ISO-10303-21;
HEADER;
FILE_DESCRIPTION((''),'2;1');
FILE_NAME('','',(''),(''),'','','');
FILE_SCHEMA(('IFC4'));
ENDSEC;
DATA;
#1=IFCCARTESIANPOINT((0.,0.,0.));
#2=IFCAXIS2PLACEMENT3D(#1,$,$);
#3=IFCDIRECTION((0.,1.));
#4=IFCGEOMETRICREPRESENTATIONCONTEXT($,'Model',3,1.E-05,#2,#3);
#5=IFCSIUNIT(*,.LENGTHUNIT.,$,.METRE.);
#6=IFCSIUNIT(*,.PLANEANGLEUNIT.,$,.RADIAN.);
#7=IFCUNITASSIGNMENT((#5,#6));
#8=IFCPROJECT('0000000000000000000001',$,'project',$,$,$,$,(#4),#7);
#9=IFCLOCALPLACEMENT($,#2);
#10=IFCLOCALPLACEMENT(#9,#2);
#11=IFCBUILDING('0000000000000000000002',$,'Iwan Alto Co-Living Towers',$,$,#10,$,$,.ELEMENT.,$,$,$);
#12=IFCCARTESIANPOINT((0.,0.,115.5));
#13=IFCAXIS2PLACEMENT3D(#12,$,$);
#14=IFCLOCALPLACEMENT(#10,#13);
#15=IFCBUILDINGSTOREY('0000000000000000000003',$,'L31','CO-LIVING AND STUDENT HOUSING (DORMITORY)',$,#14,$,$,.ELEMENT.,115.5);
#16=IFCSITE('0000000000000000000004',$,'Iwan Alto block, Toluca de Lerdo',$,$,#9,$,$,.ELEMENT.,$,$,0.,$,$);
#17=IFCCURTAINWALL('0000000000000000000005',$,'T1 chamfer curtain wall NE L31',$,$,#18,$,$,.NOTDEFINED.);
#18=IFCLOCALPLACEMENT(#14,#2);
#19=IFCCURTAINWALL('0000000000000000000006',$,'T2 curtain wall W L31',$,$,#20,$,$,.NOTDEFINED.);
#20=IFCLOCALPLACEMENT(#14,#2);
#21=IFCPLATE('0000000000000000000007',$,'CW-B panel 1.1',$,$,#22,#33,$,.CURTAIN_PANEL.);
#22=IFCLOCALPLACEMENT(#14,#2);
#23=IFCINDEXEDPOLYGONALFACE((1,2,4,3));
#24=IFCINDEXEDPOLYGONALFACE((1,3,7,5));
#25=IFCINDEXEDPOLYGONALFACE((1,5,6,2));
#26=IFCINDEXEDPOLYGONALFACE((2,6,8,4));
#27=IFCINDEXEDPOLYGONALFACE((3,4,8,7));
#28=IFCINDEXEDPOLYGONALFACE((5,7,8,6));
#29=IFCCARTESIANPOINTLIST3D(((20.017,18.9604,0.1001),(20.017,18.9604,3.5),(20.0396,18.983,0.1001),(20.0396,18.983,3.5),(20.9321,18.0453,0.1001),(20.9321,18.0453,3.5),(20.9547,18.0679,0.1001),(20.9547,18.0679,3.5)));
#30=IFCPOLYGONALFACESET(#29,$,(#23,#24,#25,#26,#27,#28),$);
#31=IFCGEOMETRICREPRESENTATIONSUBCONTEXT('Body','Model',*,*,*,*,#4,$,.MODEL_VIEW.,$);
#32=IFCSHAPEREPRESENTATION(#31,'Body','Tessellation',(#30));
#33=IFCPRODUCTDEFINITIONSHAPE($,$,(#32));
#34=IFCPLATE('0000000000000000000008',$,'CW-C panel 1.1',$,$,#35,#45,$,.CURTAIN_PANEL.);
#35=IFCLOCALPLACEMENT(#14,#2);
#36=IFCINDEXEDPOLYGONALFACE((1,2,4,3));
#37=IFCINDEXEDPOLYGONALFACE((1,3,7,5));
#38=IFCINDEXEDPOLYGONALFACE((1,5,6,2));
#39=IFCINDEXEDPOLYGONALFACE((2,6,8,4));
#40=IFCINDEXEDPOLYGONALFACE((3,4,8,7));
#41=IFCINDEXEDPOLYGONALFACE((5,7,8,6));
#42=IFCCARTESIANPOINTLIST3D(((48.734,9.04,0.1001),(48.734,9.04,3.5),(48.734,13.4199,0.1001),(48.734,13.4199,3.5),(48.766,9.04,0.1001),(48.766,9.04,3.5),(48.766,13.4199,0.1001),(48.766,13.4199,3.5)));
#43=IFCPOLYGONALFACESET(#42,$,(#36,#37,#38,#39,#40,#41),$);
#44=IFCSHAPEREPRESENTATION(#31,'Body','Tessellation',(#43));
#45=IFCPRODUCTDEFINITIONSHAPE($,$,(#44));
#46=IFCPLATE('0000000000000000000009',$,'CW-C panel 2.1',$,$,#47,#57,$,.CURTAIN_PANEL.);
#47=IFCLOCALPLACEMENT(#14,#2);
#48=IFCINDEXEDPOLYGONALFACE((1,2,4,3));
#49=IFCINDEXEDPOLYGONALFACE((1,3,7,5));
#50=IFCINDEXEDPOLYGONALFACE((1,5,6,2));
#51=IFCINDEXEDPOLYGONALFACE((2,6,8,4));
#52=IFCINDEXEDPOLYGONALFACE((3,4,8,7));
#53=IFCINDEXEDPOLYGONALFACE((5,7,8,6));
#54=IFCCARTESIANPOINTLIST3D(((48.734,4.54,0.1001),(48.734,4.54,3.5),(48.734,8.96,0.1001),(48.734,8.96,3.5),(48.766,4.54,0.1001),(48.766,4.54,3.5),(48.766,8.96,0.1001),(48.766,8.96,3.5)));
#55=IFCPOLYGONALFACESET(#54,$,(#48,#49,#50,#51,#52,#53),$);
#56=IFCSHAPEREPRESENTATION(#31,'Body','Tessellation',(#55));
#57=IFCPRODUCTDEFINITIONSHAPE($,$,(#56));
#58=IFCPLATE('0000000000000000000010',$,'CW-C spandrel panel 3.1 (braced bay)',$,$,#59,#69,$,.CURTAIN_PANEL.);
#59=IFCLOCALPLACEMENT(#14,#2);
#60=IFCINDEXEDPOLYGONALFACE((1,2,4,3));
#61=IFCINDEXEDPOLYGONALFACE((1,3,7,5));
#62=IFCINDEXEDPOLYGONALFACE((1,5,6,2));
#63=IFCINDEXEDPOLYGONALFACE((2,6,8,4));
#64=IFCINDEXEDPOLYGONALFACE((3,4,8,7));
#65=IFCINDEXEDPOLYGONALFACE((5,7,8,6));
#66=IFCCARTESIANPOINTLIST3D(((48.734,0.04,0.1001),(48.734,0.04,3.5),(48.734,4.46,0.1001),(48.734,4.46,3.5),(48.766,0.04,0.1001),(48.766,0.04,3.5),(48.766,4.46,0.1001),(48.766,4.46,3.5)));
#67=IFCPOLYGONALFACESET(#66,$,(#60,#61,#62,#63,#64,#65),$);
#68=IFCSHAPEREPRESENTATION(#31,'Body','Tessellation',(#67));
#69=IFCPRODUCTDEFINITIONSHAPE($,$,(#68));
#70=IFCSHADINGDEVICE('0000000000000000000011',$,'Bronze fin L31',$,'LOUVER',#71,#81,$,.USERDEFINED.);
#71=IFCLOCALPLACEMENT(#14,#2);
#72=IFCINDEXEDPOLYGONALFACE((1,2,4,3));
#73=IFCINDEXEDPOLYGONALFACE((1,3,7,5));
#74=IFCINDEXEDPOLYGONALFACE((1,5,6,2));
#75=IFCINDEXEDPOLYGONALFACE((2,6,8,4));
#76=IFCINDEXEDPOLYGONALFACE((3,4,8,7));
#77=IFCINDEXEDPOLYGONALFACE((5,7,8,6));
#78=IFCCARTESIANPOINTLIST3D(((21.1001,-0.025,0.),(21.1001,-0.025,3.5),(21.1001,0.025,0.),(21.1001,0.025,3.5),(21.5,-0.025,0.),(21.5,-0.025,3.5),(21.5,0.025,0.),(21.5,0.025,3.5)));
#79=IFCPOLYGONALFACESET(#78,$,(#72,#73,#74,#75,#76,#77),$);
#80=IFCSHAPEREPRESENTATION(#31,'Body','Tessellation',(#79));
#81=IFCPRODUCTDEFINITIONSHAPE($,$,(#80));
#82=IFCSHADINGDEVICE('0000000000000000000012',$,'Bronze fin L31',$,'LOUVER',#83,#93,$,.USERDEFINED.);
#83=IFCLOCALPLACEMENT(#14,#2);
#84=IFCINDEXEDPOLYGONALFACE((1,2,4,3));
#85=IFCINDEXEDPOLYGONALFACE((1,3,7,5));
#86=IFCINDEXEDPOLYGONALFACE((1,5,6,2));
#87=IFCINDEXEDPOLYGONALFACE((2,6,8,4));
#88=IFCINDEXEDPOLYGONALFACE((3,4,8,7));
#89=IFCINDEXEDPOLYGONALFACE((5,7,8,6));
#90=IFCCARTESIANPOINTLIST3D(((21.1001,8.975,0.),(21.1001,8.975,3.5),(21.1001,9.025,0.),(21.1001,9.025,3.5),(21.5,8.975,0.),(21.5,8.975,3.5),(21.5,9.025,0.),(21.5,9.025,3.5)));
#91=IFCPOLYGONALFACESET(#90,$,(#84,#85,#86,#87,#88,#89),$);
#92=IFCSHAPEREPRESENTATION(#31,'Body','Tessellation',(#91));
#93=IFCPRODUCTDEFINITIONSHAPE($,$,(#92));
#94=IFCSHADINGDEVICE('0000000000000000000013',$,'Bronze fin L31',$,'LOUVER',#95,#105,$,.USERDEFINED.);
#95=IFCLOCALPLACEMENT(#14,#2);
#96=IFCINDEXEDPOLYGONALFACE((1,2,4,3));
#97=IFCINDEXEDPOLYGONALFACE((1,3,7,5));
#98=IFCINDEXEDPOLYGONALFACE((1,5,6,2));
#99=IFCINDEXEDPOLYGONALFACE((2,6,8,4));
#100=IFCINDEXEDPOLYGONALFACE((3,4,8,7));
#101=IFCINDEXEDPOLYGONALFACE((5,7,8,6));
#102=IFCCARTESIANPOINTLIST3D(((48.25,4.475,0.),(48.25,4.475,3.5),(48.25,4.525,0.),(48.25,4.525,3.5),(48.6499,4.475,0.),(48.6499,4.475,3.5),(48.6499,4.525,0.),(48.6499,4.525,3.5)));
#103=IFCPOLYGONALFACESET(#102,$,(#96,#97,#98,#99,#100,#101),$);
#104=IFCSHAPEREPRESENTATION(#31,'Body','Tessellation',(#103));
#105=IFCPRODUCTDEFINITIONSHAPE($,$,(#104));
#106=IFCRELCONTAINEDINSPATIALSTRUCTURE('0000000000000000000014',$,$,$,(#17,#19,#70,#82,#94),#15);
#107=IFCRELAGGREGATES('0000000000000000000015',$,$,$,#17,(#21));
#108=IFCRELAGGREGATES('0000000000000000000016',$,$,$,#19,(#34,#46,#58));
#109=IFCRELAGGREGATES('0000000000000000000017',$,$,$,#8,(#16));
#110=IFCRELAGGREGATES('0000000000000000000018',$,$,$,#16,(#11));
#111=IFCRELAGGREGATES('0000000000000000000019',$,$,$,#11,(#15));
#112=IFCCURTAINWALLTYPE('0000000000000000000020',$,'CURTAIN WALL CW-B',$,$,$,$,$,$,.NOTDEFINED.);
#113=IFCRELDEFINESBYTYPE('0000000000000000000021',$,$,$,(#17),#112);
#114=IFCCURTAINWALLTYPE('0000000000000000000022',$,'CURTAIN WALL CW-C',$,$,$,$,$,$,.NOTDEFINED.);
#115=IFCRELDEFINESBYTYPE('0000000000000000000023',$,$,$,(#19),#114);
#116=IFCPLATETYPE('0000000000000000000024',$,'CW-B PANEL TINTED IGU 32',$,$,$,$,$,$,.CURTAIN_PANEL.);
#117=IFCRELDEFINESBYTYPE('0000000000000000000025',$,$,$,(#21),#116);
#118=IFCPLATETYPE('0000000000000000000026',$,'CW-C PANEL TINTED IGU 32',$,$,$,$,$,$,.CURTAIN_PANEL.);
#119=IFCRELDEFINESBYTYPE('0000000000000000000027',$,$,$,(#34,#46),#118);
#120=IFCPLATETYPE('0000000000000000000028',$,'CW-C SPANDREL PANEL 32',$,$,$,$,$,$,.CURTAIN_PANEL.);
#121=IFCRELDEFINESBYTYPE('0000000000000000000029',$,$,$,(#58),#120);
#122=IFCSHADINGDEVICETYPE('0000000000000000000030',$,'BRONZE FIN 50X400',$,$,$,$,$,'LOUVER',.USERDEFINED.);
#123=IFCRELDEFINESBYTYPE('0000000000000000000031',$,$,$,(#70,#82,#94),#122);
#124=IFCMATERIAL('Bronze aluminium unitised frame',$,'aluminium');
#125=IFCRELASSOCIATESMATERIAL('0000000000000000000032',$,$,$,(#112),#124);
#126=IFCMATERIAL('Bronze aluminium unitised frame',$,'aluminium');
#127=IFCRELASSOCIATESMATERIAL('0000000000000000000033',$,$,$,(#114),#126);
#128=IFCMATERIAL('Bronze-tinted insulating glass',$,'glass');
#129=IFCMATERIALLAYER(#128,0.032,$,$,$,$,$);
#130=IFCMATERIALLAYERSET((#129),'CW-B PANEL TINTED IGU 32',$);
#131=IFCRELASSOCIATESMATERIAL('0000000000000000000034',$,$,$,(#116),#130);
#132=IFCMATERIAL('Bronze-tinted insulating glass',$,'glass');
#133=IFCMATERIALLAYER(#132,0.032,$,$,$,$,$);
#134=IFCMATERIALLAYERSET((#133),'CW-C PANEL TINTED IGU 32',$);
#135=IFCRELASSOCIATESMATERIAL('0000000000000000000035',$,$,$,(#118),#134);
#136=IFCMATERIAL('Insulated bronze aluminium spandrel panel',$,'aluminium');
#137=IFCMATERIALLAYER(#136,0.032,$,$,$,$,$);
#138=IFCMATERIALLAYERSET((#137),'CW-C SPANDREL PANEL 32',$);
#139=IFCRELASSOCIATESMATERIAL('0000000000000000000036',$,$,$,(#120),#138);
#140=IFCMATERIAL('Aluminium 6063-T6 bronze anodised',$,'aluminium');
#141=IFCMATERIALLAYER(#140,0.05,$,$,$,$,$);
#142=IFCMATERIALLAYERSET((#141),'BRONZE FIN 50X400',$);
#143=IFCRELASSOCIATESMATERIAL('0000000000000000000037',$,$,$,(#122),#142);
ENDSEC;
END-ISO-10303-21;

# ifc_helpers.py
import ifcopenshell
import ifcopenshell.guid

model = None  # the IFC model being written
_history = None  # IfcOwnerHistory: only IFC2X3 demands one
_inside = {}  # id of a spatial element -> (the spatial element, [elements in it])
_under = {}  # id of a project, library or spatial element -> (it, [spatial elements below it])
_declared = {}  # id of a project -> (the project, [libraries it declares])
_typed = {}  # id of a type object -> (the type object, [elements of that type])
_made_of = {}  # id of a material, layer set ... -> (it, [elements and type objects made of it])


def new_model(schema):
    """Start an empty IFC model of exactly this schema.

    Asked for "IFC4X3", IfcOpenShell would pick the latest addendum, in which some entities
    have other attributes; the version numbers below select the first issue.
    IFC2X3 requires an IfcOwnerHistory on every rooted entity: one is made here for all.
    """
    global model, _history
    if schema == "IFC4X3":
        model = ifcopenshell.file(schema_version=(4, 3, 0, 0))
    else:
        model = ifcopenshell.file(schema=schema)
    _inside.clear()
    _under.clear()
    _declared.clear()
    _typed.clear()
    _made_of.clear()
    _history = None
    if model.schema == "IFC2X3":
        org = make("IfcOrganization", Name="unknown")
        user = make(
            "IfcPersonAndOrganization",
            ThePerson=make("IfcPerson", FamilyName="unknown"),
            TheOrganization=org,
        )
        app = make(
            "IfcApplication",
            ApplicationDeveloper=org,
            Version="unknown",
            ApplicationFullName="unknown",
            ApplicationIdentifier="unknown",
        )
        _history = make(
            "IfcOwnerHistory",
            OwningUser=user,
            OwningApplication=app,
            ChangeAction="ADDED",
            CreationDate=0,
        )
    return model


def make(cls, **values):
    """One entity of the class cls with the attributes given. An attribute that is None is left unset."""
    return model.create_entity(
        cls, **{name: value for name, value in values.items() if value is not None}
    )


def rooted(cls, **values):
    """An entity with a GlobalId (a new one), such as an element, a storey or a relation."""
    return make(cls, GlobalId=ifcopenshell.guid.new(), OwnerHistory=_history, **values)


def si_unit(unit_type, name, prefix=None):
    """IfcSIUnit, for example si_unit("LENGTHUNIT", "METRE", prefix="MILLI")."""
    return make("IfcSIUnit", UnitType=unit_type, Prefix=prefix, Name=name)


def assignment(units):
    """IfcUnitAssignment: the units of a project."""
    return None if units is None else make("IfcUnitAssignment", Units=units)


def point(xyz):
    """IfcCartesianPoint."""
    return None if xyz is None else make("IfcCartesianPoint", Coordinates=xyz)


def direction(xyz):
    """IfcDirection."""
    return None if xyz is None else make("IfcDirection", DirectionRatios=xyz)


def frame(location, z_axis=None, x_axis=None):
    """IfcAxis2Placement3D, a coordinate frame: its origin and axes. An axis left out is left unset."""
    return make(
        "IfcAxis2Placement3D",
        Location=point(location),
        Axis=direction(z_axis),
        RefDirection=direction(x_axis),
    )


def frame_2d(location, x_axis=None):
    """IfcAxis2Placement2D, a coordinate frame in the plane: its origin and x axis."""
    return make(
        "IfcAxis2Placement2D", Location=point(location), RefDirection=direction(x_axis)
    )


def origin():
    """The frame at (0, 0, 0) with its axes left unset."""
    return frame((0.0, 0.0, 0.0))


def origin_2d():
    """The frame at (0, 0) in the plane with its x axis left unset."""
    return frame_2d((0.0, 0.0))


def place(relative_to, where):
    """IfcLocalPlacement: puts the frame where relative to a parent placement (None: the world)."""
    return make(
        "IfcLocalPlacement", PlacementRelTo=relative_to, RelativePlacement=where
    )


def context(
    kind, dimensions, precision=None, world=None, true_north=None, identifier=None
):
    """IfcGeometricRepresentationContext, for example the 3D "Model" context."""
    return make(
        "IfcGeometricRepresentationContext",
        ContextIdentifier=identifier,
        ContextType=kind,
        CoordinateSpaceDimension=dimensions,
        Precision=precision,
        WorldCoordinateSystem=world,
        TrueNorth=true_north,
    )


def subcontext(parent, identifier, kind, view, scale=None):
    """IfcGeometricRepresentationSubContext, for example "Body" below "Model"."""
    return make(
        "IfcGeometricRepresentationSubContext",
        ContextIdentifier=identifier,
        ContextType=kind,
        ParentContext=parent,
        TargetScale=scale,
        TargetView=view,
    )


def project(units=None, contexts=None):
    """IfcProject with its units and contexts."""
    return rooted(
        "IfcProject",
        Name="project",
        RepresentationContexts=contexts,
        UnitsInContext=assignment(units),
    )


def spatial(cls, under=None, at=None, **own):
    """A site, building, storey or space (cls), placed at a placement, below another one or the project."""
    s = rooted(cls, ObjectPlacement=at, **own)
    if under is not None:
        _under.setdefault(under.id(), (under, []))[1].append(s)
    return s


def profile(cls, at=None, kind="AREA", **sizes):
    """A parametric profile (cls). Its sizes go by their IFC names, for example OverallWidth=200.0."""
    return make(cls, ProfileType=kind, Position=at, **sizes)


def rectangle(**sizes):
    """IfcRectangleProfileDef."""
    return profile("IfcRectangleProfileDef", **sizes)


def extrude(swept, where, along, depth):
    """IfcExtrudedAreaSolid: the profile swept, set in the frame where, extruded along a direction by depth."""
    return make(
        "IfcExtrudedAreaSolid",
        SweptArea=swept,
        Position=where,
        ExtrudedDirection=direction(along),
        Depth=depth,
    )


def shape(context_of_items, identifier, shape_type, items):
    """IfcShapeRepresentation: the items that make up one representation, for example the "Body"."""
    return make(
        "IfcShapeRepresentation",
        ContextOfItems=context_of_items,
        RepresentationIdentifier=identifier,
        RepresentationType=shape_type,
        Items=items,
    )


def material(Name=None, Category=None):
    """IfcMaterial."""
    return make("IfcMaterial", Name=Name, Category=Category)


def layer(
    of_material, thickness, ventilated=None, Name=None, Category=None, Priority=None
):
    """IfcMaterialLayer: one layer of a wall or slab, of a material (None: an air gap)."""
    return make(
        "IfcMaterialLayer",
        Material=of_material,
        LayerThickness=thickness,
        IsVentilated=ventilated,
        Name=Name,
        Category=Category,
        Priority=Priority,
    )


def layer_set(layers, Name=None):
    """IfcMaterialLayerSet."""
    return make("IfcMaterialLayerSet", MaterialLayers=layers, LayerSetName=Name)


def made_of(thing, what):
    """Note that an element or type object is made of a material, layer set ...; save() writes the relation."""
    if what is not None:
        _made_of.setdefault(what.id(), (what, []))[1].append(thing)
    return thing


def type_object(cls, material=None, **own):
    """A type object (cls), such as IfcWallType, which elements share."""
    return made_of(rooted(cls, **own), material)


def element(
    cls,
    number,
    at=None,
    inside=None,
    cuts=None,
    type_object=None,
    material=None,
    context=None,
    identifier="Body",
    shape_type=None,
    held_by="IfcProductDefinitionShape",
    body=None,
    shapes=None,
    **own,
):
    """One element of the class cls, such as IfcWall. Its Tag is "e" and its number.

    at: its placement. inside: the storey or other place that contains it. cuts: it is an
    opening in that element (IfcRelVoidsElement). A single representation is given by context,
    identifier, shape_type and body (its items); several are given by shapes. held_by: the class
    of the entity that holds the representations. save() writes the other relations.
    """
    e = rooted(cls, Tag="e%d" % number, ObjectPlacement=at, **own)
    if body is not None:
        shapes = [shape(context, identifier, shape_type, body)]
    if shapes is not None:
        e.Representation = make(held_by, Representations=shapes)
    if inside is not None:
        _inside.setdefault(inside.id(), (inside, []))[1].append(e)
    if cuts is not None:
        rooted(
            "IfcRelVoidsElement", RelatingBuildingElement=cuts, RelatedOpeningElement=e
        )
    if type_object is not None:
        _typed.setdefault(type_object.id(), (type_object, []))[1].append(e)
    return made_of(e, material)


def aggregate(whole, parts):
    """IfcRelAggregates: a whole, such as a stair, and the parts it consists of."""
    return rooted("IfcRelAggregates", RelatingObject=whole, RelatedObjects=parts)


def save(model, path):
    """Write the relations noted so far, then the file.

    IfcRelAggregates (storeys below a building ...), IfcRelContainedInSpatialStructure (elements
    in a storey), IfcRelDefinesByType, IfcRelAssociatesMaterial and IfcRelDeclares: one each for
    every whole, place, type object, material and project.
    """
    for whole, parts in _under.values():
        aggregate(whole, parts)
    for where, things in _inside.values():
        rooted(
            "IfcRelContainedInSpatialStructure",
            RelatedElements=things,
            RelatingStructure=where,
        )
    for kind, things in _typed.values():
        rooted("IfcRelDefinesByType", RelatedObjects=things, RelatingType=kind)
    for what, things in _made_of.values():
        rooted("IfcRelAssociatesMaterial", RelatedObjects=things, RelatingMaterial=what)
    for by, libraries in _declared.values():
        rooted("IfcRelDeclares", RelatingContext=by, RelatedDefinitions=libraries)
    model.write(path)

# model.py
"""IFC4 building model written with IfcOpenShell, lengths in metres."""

from ifc_helpers import new_model, si_unit, direction, frame, origin, origin_2d, place, context, subcontext, project, spatial, rectangle, extrude, material, layer, layer_set, type_object, element, aggregate, save


model = new_model("IFC4")

# Units and contexts
model_context = context("Model", 3, precision=1e-05, world=origin(), true_north=direction((0.0, 1.0)))
body_context = subcontext(model_context, "Body", "Model", "MODEL_VIEW")
ifc_project = project(units=[si_unit("LENGTHUNIT", "METRE"), si_unit("PLANEANGLEUNIT", "RADIAN")], contexts=[model_context])

# Site, building, storey
site_placement = place(None, origin())
site = spatial("IfcSite", under=ifc_project, at=site_placement, Name="Iwan Alto block, Toluca de Lerdo", CompositionType="ELEMENT", RefElevation=0.0)
building_placement = place(site_placement, origin())
building = spatial("IfcBuilding", under=site, at=building_placement, Name="Iwan Alto Co-Living Towers", CompositionType="ELEMENT")
storey_placement = place(building_placement, frame((0.0, 0.0, 115.5)))
storey = spatial("IfcBuildingStorey", under=building, at=storey_placement, Name="L31", Description="CO-LIVING AND STUDENT HOUSING (DORMITORY)", CompositionType="ELEMENT", Elevation=115.5)

# Curtain walls
ifc_material_1 = material(Name="Bronze aluminium unitised frame", Category="aluminium")
curtain_wall_type_1 = type_object("IfcCurtainWallType", Name="CURTAIN WALL CW-B", PredefinedType="NOTDEFINED", material=ifc_material_1)
curtain_wall_1_placement = place(storey_placement, origin())
curtain_wall_1 = element("IfcCurtainWall", 1, at=curtain_wall_1_placement, inside=storey, type_object=curtain_wall_type_1, Name="T1 chamfer curtain wall NE L31", PredefinedType="NOTDEFINED")
ifc_material_2 = material(Name="Bronze aluminium unitised frame", Category="aluminium")
curtain_wall_type_2 = type_object("IfcCurtainWallType", Name="CURTAIN WALL CW-C", PredefinedType="NOTDEFINED", material=ifc_material_2)
curtain_wall_2_placement = place(storey_placement, origin())
curtain_wall_2 = element("IfcCurtainWall", 2, at=curtain_wall_2_placement, inside=storey, type_object=curtain_wall_type_2, Name="T2 curtain wall W L31", PredefinedType="NOTDEFINED")

# Plates
ifc_material_3 = material(Name="Bronze-tinted insulating glass", Category="glass")
ifc_layer_1 = layer(ifc_material_3, 0.032)
ifc_layer_set_1 = layer_set([ifc_layer_1], Name="CW-B PANEL TINTED IGU 32")
plate_type_1 = type_object("IfcPlateType", Name="CW-B PANEL TINTED IGU 32", PredefinedType="CURTAIN_PANEL", material=ifc_layer_set_1)
plate_1_placement = place(storey_placement, frame((20.4858, 18.5142, 0.1001), z_axis=(0.0, 0.0, 1.0), x_axis=(-0.707107, 0.707107, 0.0)))
plate_1 = element("IfcPlate", 3, at=plate_1_placement, type_object=plate_type_1, Name="CW-B panel 1.1", PredefinedType="CURTAIN_PANEL", context=body_context, shape_type="SweptSolid", body=[
    extrude(rectangle(XDim=1.2942, YDim=0.032, at=origin_2d()), origin(), (0.0, 0.0, 1.0), 3.3999),
])
aggregate(curtain_wall_1, [plate_1])
ifc_material_4 = material(Name="Bronze-tinted insulating glass", Category="glass")
ifc_layer_2 = layer(ifc_material_4, 0.032)
ifc_layer_set_2 = layer_set([ifc_layer_2], Name="CW-C PANEL TINTED IGU 32")
plate_type_2 = type_object("IfcPlateType", Name="CW-C PANEL TINTED IGU 32", PredefinedType="CURTAIN_PANEL", material=ifc_layer_set_2)
plate_2_placement = place(storey_placement, frame((48.75, 11.23, 0.1001), z_axis=(0.0, 0.0, 1.0), x_axis=(0.0, -1.0, 0.0)))
plate_2 = element("IfcPlate", 4, at=plate_2_placement, type_object=plate_type_2, Name="CW-C panel 1.1", PredefinedType="CURTAIN_PANEL", context=body_context, shape_type="SweptSolid", body=[
    extrude(rectangle(XDim=4.3799, YDim=0.032, at=origin_2d()), origin(), (0.0, 0.0, 1.0), 3.3999),
])
plate_3_placement = place(storey_placement, frame((48.75, 6.75, 0.1001), z_axis=(0.0, 0.0, 1.0), x_axis=(0.0, -1.0, 0.0)))
plate_3 = element("IfcPlate", 5, at=plate_3_placement, type_object=plate_type_2, Name="CW-C panel 2.1", PredefinedType="CURTAIN_PANEL", context=body_context, shape_type="SweptSolid", body=[
    extrude(rectangle(XDim=4.4199, YDim=0.032, at=origin_2d()), origin(), (0.0, 0.0, 1.0), 3.3999),
])
ifc_material_5 = material(Name="Insulated bronze aluminium spandrel panel", Category="aluminium")
ifc_layer_3 = layer(ifc_material_5, 0.032)
ifc_layer_set_3 = layer_set([ifc_layer_3], Name="CW-C SPANDREL PANEL 32")
plate_type_3 = type_object("IfcPlateType", Name="CW-C SPANDREL PANEL 32", PredefinedType="CURTAIN_PANEL", material=ifc_layer_set_3)
plate_4_placement = place(storey_placement, frame((48.75, 2.25, 0.1001), z_axis=(0.0, 0.0, 1.0), x_axis=(0.0, -1.0, 0.0)))
plate_4 = element("IfcPlate", 6, at=plate_4_placement, type_object=plate_type_3, Name="CW-C spandrel panel 3.1 (braced bay)", PredefinedType="CURTAIN_PANEL", context=body_context, shape_type="SweptSolid", body=[
    extrude(rectangle(XDim=4.4199, YDim=0.032, at=origin_2d()), origin(), (0.0, 0.0, 1.0), 3.3999),
])
aggregate(curtain_wall_2, [plate_2, plate_3, plate_4])

# Shading devices
ifc_material_6 = material(Name="Aluminium 6063-T6 bronze anodised", Category="aluminium")
ifc_layer_4 = layer(ifc_material_6, 0.05)
ifc_layer_set_4 = layer_set([ifc_layer_4], Name="BRONZE FIN 50X400")
shading_device_type = type_object("IfcShadingDeviceType", Name="BRONZE FIN 50X400", ElementType="LOUVER", PredefinedType="USERDEFINED", material=ifc_layer_set_4)
for number, where, z_axis, x_axis, name in (
    (7, (21.3, 0.0, 0.0), (0.0, 0.0, 1.0), (0.0, 1.0, 0.0), "Bronze fin L31"),
    (8, (21.3, 9.0, 0.0), (0.0, 0.0, 1.0), (0.0, 1.0, 0.0), "Bronze fin L31"),
    (9, (48.45, 4.5, 0.0), (0.0, 0.0, 1.0), (0.0, -1.0, 0.0), "Bronze fin L31"),
):
    element("IfcShadingDevice", number, at=place(storey_placement, frame(where, z_axis=z_axis, x_axis=x_axis)), inside=storey, type_object=shading_device_type, Name=name, ObjectType="LOUVER", PredefinedType="USERDEFINED", context=body_context, shape_type="SweptSolid", body=[
        extrude(rectangle(XDim=0.05, YDim=0.3999, at=origin_2d()), origin(), (0.0, 0.0, 1.0), 3.5),
    ])

save(model, "model.ifc")
